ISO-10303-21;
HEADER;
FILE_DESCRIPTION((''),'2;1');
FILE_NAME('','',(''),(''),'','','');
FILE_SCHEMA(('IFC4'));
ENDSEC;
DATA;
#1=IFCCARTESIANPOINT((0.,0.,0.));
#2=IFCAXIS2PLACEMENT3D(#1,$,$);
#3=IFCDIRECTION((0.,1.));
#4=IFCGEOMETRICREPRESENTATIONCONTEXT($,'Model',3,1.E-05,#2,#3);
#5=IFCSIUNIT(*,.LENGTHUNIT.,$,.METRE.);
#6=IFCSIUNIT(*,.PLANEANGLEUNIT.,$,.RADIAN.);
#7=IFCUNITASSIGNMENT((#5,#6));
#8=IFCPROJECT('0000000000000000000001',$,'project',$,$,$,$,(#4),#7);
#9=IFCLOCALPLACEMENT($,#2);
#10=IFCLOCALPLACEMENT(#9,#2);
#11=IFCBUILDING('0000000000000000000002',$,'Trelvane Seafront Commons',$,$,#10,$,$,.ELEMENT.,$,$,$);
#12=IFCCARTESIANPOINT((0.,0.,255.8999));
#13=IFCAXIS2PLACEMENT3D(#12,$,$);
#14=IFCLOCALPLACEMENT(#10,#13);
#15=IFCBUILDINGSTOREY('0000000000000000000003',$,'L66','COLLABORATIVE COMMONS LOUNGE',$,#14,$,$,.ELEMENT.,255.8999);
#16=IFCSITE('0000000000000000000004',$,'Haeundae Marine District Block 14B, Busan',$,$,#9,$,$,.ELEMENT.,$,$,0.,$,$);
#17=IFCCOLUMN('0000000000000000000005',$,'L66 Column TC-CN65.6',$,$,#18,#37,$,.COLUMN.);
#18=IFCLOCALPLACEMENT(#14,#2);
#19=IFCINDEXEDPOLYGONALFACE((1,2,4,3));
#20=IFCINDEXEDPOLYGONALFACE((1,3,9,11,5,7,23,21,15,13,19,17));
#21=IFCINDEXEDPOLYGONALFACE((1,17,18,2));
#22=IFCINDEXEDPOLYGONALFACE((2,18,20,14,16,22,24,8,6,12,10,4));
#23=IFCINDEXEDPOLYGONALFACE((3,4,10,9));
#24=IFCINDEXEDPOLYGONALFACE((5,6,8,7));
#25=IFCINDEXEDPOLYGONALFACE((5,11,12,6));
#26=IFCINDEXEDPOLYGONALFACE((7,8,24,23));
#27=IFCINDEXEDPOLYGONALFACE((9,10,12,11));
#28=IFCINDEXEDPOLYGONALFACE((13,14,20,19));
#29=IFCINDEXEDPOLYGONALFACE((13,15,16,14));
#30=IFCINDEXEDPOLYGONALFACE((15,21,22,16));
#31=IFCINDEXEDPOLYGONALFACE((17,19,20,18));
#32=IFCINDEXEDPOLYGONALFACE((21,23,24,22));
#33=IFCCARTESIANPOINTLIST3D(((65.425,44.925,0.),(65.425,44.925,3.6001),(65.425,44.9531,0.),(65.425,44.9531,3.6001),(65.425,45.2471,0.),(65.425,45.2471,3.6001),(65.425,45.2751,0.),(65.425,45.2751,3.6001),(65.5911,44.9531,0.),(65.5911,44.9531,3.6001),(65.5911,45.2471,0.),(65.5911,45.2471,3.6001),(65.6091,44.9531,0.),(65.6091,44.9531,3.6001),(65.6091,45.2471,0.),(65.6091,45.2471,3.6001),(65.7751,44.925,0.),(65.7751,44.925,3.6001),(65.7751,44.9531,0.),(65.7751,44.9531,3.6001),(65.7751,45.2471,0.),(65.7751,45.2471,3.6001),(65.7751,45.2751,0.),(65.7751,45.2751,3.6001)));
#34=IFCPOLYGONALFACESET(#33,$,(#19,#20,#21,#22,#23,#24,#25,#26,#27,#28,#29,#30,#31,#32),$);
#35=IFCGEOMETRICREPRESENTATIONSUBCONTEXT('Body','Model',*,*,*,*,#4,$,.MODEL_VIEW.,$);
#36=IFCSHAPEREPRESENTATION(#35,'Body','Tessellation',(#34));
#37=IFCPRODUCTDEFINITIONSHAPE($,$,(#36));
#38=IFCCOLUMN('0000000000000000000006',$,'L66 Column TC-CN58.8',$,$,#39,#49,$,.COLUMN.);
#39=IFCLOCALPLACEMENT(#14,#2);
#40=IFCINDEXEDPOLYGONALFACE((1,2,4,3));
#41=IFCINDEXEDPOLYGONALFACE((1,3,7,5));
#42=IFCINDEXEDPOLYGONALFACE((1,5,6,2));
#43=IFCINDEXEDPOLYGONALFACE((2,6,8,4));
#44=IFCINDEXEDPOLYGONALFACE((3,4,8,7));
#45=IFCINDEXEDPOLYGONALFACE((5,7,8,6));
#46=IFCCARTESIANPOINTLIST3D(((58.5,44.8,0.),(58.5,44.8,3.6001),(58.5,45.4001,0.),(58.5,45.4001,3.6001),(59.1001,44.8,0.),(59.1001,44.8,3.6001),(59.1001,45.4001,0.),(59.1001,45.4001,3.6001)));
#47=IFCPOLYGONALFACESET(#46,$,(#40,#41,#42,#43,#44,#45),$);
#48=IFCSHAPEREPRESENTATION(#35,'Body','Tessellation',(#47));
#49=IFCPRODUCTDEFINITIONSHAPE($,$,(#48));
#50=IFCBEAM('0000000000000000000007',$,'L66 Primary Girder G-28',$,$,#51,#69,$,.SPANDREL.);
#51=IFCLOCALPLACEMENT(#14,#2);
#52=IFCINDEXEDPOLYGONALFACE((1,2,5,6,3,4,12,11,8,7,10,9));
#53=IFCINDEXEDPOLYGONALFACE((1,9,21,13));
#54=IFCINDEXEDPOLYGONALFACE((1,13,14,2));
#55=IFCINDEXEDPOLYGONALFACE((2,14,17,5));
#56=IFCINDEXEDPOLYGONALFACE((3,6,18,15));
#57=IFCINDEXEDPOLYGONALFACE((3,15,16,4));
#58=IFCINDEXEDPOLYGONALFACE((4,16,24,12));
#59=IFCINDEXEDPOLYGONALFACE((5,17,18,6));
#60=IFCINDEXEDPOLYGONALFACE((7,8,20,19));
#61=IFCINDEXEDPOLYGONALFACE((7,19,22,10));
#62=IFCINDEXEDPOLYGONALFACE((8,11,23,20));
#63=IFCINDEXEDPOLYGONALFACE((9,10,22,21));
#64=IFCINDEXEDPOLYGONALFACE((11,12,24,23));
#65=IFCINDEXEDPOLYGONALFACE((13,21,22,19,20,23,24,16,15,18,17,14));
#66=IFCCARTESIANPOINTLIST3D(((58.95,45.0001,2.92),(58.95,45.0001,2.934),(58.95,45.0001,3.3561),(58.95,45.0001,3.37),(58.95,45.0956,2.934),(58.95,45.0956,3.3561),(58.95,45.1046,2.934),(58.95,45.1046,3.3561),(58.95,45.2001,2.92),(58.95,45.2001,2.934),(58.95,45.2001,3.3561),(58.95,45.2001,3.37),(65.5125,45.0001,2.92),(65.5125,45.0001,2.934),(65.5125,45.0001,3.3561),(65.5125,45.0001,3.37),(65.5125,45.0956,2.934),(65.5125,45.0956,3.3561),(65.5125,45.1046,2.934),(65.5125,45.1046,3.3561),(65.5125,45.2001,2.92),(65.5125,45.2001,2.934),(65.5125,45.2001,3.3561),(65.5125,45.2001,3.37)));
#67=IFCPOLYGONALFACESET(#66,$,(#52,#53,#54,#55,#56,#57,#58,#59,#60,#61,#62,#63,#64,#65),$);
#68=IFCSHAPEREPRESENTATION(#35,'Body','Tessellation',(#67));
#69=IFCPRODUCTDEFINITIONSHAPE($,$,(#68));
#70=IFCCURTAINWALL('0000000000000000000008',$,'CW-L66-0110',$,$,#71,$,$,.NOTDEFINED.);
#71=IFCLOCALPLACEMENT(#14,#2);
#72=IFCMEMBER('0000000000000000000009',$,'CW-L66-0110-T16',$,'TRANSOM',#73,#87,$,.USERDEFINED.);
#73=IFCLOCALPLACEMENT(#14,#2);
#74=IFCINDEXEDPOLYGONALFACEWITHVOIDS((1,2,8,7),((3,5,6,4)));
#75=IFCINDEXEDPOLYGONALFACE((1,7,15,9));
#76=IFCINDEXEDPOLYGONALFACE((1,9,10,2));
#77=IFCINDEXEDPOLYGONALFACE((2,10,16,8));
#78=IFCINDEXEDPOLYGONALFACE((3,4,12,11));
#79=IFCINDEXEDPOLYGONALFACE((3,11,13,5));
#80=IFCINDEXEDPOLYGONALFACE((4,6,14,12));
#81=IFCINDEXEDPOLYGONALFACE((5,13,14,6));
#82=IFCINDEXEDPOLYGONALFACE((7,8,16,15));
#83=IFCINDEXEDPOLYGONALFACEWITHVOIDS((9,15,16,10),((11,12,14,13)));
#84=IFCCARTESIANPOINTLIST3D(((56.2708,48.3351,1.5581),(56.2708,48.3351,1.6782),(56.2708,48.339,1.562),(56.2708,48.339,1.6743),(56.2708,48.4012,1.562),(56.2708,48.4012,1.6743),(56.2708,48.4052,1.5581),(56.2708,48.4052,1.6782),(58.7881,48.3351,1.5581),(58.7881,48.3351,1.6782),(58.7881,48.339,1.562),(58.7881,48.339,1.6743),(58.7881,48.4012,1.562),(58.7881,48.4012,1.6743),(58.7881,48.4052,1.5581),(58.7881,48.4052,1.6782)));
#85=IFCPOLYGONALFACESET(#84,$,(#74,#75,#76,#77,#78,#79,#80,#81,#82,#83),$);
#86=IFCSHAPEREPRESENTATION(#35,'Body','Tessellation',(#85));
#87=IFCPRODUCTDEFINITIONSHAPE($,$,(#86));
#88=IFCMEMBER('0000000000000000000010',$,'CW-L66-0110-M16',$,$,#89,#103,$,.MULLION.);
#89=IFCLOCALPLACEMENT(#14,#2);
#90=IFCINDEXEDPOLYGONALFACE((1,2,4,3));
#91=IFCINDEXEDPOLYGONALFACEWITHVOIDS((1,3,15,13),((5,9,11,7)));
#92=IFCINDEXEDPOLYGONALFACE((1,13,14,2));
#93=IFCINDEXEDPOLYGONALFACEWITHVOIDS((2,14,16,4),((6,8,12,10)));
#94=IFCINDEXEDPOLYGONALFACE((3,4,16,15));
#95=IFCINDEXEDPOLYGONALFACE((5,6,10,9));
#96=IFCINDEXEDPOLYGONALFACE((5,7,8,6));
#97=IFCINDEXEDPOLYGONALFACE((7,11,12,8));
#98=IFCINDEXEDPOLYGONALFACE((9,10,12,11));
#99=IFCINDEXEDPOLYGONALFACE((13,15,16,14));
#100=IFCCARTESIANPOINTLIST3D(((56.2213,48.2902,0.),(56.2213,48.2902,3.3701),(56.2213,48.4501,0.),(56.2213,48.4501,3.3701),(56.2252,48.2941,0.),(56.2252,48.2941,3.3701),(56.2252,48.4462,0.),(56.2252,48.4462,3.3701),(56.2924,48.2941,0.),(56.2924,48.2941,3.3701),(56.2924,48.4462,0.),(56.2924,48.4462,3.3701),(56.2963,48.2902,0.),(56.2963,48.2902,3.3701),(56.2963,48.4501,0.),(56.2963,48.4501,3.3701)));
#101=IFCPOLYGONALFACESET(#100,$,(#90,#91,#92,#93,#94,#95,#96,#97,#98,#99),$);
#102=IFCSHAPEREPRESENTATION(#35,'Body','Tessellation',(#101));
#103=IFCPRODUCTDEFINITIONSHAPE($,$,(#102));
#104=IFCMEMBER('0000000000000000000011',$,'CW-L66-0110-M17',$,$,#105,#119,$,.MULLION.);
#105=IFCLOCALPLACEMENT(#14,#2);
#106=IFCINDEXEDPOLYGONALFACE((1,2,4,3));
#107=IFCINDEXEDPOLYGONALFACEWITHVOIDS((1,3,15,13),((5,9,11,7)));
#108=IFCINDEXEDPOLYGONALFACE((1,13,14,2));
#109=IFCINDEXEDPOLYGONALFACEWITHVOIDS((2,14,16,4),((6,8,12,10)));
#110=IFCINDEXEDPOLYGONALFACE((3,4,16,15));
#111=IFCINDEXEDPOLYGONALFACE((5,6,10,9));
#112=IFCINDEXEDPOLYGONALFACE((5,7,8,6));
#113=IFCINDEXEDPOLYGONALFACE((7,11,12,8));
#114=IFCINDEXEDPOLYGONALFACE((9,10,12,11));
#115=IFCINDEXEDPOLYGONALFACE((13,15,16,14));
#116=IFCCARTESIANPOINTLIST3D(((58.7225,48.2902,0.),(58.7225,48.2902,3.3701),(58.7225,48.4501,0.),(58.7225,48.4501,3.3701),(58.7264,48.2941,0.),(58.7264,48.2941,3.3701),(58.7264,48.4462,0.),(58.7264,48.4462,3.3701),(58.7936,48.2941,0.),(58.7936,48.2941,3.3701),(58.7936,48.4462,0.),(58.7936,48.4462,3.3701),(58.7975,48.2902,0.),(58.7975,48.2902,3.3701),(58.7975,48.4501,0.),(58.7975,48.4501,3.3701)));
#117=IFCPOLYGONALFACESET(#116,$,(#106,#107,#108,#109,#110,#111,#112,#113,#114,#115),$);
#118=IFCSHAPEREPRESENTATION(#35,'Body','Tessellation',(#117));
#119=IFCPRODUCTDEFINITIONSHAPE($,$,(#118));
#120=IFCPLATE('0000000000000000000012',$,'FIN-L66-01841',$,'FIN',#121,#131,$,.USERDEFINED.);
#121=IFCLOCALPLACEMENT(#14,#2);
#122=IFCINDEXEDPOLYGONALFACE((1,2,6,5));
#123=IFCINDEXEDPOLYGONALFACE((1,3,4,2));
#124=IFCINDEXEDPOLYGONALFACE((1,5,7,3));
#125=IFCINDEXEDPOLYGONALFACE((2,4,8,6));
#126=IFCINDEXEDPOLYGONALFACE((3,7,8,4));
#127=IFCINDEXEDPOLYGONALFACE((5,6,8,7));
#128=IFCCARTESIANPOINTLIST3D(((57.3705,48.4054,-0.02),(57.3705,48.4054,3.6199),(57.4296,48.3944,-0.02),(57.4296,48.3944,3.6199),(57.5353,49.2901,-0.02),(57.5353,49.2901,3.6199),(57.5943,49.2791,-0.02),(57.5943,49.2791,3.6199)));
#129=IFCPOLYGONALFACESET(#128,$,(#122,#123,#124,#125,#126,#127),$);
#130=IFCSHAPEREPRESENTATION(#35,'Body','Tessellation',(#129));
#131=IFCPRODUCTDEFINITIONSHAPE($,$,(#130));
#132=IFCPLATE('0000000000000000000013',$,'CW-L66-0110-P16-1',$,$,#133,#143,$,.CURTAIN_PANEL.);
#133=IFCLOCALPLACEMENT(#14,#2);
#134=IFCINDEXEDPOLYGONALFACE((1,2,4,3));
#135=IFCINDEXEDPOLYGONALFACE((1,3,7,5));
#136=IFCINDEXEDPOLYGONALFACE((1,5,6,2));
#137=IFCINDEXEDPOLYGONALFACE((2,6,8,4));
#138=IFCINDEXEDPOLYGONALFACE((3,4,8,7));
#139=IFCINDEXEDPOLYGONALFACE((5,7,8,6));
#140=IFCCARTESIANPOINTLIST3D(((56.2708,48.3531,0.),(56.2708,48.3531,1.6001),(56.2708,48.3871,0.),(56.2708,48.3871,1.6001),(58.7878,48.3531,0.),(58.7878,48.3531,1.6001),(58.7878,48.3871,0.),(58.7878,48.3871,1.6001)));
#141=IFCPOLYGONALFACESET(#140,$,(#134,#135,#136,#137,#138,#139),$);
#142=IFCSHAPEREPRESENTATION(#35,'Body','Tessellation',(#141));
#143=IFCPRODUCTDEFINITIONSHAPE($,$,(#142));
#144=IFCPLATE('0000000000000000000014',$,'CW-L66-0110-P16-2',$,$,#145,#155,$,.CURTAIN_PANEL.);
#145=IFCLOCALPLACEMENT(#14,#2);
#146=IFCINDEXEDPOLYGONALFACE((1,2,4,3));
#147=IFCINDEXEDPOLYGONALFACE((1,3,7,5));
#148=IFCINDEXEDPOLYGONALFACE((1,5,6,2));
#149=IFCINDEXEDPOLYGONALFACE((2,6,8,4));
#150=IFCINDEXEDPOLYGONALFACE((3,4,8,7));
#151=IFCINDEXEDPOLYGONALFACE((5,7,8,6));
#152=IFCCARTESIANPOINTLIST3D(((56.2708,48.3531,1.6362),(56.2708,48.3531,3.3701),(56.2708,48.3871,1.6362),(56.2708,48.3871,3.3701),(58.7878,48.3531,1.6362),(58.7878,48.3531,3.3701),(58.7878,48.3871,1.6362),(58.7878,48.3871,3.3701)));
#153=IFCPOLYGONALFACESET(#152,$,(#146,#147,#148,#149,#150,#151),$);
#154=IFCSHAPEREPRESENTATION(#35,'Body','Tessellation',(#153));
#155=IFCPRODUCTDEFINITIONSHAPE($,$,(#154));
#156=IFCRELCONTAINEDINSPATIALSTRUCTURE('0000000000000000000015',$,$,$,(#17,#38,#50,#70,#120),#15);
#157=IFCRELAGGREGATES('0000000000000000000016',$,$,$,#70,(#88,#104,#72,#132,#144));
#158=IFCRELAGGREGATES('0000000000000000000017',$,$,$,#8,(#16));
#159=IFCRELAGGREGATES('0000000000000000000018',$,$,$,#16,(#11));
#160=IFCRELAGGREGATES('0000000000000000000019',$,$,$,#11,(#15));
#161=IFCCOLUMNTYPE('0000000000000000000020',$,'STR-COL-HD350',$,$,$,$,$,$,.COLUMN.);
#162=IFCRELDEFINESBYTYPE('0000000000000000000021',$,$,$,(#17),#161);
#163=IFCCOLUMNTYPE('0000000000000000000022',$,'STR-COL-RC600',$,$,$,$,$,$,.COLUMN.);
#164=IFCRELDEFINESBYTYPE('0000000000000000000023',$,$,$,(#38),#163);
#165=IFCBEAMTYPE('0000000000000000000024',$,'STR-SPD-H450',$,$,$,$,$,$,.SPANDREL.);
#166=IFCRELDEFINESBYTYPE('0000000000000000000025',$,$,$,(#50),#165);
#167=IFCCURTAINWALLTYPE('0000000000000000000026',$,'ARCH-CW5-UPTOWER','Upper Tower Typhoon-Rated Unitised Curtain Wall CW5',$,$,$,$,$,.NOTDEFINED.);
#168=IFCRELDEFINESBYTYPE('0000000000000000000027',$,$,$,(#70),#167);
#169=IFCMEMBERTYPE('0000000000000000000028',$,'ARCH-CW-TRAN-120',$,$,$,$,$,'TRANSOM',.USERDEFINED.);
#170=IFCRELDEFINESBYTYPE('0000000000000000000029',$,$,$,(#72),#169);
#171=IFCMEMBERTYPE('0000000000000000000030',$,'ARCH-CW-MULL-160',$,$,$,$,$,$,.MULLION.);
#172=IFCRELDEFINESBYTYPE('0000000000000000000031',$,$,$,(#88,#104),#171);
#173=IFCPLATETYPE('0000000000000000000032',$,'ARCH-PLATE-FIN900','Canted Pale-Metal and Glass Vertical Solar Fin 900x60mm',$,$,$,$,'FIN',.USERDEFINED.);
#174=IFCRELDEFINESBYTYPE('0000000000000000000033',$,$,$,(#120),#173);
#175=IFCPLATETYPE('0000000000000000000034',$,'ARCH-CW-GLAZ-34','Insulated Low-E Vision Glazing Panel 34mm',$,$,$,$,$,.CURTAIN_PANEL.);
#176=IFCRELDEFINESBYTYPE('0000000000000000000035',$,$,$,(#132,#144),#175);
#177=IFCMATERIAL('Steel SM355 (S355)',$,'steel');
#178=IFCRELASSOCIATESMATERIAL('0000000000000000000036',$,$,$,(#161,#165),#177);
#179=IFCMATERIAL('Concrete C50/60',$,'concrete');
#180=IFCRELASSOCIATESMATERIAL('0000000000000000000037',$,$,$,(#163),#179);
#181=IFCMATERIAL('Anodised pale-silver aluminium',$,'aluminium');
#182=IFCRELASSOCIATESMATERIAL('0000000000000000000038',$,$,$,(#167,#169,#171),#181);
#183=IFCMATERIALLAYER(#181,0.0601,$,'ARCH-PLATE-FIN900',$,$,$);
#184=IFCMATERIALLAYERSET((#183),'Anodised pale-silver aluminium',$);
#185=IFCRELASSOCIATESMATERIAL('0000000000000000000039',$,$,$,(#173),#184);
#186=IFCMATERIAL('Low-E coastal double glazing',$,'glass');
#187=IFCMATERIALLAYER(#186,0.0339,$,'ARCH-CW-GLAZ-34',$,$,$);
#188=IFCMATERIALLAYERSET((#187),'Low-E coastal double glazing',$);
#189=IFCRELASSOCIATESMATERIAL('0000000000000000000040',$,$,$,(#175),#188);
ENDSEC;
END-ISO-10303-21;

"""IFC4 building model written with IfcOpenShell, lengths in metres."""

from ifc_helpers import new_model, si_unit, direction, frame, origin, origin_2d, place, context, subcontext, project, spatial, rectangle, hollow_rectangle, i_section, extrude, source, transform, mapped, material, layer, layer_set, material_profile, profile_set, type_object, element, aggregate, save


model = new_model("IFC4")

# Units and contexts
model_context = context("Model", 3, precision=1e-05, world=origin(), true_north=direction((0.0, 1.0)))
body_context = subcontext(model_context, "Body", "Model", "MODEL_VIEW")
ifc_project = project(units=[si_unit("LENGTHUNIT", "METRE"), si_unit("PLANEANGLEUNIT", "RADIAN")], contexts=[model_context])

# Site, building, storey
site_placement = place(None, origin())
site = spatial("IfcSite", under=ifc_project, at=site_placement, Name="Haeundae Marine District Block 14B, Busan", CompositionType="ELEMENT", RefElevation=0.0)
building_placement = place(site_placement, origin())
building = spatial("IfcBuilding", under=site, at=building_placement, Name="Trelvane Seafront Commons", CompositionType="ELEMENT")
storey_placement = place(building_placement, frame((0.0, 0.0, 255.8999)))
storey = spatial("IfcBuildingStorey", under=building, at=storey_placement, Name="L66", Description="COLLABORATIVE COMMONS LOUNGE", CompositionType="ELEMENT", Elevation=255.8999)

# Columns
ifc_material_1 = material(Name="Steel SM355 (S355)", Category="steel")
ifc_material_profile_1 = material_profile(ifc_material_1, i_section(OverallWidth=0.3501, OverallDepth=0.3501, WebThickness=0.0181, FlangeThickness=0.0281, at=origin_2d()), Name="HD-350x350x18x28")
ifc_profile_set_1 = profile_set([ifc_material_profile_1], Name="Steel SM355 (S355)")
column_type_1 = type_object("IfcColumnType", Name="STR-COL-HD350", PredefinedType="COLUMN", material=ifc_profile_set_1)
shared_shape_1 = source(origin(), body_context, "Body", "SweptSolid", [
    extrude(i_section(OverallWidth=0.3501, OverallDepth=0.3501, WebThickness=0.0181, FlangeThickness=0.0281, at=origin_2d()), origin(), (0.0, 0.0, 1.0), 3.6001),
])
column_1_placement = place(storey_placement, frame((65.6001, 45.1001, 0.0), z_axis=(0.0, 0.0, 1.0), x_axis=(1.0, 0.0, 0.0)))
element("IfcColumn", 1, at=column_1_placement, inside=storey, type_object=column_type_1, Name="L66 Column TC-CN65.6", PredefinedType="COLUMN", context=body_context, shape_type="MappedRepresentation", body=[
    mapped(shared_shape_1, transform((0.0, 0.0, 0.0), x_axis=(1.0, 0.0, 0.0), y_axis=(0.0, 1.0, 0.0), z_axis=(0.0, 0.0, 1.0), scale=1.0)),
])
ifc_material_2 = material(Name="Concrete C50/60", Category="concrete")
ifc_material_profile_2 = material_profile(ifc_material_2, rectangle(XDim=0.6001, YDim=0.6001, at=origin_2d()), Name="RC-600x600")
ifc_profile_set_2 = profile_set([ifc_material_profile_2], Name="Concrete C50/60")
column_type_2 = type_object("IfcColumnType", Name="STR-COL-RC600", PredefinedType="COLUMN", material=ifc_profile_set_2)
shared_shape_2 = source(origin(), body_context, "Body", "SweptSolid", [
    extrude(rectangle(XDim=0.6001, YDim=0.6001, at=origin_2d()), origin(), (0.0, 0.0, 1.0), 3.6001),
])
column_2_placement = place(storey_placement, frame((58.8, 45.1001, 0.0), z_axis=(0.0, 0.0, 1.0), x_axis=(1.0, 0.0, 0.0)))
element("IfcColumn", 2, at=column_2_placement, inside=storey, type_object=column_type_2, Name="L66 Column TC-CN58.8", PredefinedType="COLUMN", context=body_context, shape_type="MappedRepresentation", body=[
    mapped(shared_shape_2, transform((0.0, 0.0, 0.0), x_axis=(1.0, 0.0, 0.0), y_axis=(0.0, 1.0, 0.0), z_axis=(0.0, 0.0, 1.0), scale=1.0)),
])

# Beam
ifc_material_profile_3 = material_profile(ifc_material_1, i_section(OverallWidth=0.2, OverallDepth=0.45, WebThickness=0.009, FlangeThickness=0.0139, at=origin_2d()), Name="H-450x200x9x14")
ifc_profile_set_3 = profile_set([ifc_material_profile_3], Name="Steel SM355 (S355)")
beam_type = type_object("IfcBeamType", Name="STR-SPD-H450", PredefinedType="SPANDREL", material=ifc_profile_set_3)
shared_shape_3 = source(origin(), body_context, "Body", "SweptSolid", [
    extrude(i_section(OverallWidth=0.2, OverallDepth=0.45, WebThickness=0.009, FlangeThickness=0.0139, at=origin_2d()), origin(), (0.0, 0.0, 1.0), 6.5625),
])
beam_placement = place(storey_placement, frame((58.95, 45.1001, 3.145), z_axis=(1.0, 0.0, 0.0), x_axis=(0.0, 1.0, 0.0)))
element("IfcBeam", 3, at=beam_placement, inside=storey, type_object=beam_type, Name="L66 Primary Girder G-28", PredefinedType="SPANDREL", context=body_context, shape_type="MappedRepresentation", body=[
    mapped(shared_shape_3, transform((0.0, 0.0, 0.0), x_axis=(1.0, 0.0, 0.0), y_axis=(0.0, 1.0, 0.0), z_axis=(0.0, 0.0, 1.0), scale=1.0)),
])

# Curtain wall, members
ifc_material_3 = material(Name="Anodised pale-silver aluminium", Category="aluminium")
curtain_wall_type = type_object("IfcCurtainWallType", Name="ARCH-CW5-UPTOWER", Description="Upper Tower Typhoon-Rated Unitised Curtain Wall CW5", PredefinedType="NOTDEFINED", material=ifc_material_3)
curtain_wall_placement = place(storey_placement, origin())
curtain_wall = element("IfcCurtainWall", 4, at=curtain_wall_placement, inside=storey, type_object=curtain_wall_type, Name="CW-L66-0110", PredefinedType="NOTDEFINED")
ifc_material_profile_4 = material_profile(ifc_material_3, hollow_rectangle(XDim=0.0701, YDim=0.1201, WallThickness=0.0039, at=origin_2d()), Name="TRAN-70x120x4")
ifc_profile_set_4 = profile_set([ifc_material_profile_4], Name="Anodised pale-silver aluminium")
member_type_1 = type_object("IfcMemberType", Name="ARCH-CW-TRAN-120", ElementType="TRANSOM", PredefinedType="USERDEFINED", material=ifc_profile_set_4)
shared_shape_4 = source(origin(), body_context, "Body", "SweptSolid", [
    extrude(hollow_rectangle(XDim=0.0701, YDim=0.1201, WallThickness=0.0039, at=origin_2d()), origin(), (0.0, 0.0, 1.0), 2.5173),
])
member_1_placement = place(storey_placement, frame((56.2708, 48.3701, 1.6182), z_axis=(1.0, 0.0, 0.0), x_axis=(0.0, 1.0, 0.0)))
member_1 = element("IfcMember", 5, at=member_1_placement, type_object=member_type_1, Name="CW-L66-0110-T16", ObjectType="TRANSOM", PredefinedType="USERDEFINED", context=body_context, shape_type="MappedRepresentation", body=[
    mapped(shared_shape_4, transform((0.0, 0.0, 0.0), x_axis=(1.0, 0.0, 0.0), y_axis=(0.0, 1.0, 0.0), z_axis=(0.0, 0.0, 1.0), scale=1.0)),
])
ifc_material_profile_5 = material_profile(ifc_material_3, hollow_rectangle(XDim=0.075, YDim=0.1599, WallThickness=0.0039, at=origin_2d()), Name="MULL-75x160x4")
ifc_profile_set_5 = profile_set([ifc_material_profile_5], Name="Anodised pale-silver aluminium")
member_type_2 = type_object("IfcMemberType", Name="ARCH-CW-MULL-160", PredefinedType="MULLION", material=ifc_profile_set_5)
shared_shape_5 = source(origin(), body_context, "Body", "SweptSolid", [
    extrude(hollow_rectangle(XDim=0.075, YDim=0.1599, WallThickness=0.0039, at=origin_2d()), origin(), (0.0, 0.0, 1.0), 3.3701),
])
member_2_placement = place(storey_placement, frame((56.2588, 48.3701, 0.0), z_axis=(0.0, 0.0, 1.0), x_axis=(1.0, 0.0, 0.0)))
member_2 = element("IfcMember", 6, at=member_2_placement, type_object=member_type_2, Name="CW-L66-0110-M16", PredefinedType="MULLION", context=body_context, shape_type="MappedRepresentation", body=[
    mapped(shared_shape_5, transform((0.0, 0.0, 0.0), x_axis=(1.0, 0.0, 0.0), y_axis=(0.0, 1.0, 0.0), z_axis=(0.0, 0.0, 1.0), scale=1.0)),
])
member_3_placement = place(storey_placement, frame((58.76, 48.3701, 0.0), z_axis=(0.0, 0.0, 1.0), x_axis=(1.0, 0.0, 0.0)))
member_3 = element("IfcMember", 7, at=member_3_placement, type_object=member_type_2, Name="CW-L66-0110-M17", PredefinedType="MULLION", context=body_context, shape_type="MappedRepresentation", body=[
    mapped(shared_shape_5, transform((0.0, 0.0, 0.0), x_axis=(1.0, 0.0, 0.0), y_axis=(0.0, 1.0, 0.0), z_axis=(0.0, 0.0, 1.0), scale=1.0)),
])

# Plates
ifc_layer_1 = layer(ifc_material_3, 0.0601, Name="ARCH-PLATE-FIN900")
ifc_layer_set_1 = layer_set([ifc_layer_1], Name="Anodised pale-silver aluminium")
plate_type_1 = type_object("IfcPlateType", Name="ARCH-PLATE-FIN900", Description="Canted Pale-Metal and Glass Vertical Solar Fin 900x60mm", ElementType="FIN", PredefinedType="USERDEFINED", material=ifc_layer_set_1)
shared_shape_6 = source(origin(), body_context, "Body", "SweptSolid", [
    extrude(rectangle(XDim=0.8999, YDim=0.0601, at=origin_2d()), origin(), (0.0, 0.0, 1.0), 3.6399),
])
plate_1_placement = place(storey_placement, frame((57.4824, 48.8423, -0.02), z_axis=(0.0, 0.0, 1.0), x_axis=(0.183107, 0.983093, 0.0)))
element("IfcPlate", 8, at=plate_1_placement, inside=storey, type_object=plate_type_1, Name="FIN-L66-01841", ObjectType="FIN", PredefinedType="USERDEFINED", context=body_context, shape_type="MappedRepresentation", body=[
    mapped(shared_shape_6, transform((0.0, 0.0, 0.0), x_axis=(1.0, 0.0, 0.0), y_axis=(0.0, 1.0, 0.0), z_axis=(0.0, 0.0, 1.0), scale=1.0)),
])
ifc_material_4 = material(Name="Low-E coastal double glazing", Category="glass")
ifc_layer_2 = layer(ifc_material_4, 0.0339, Name="ARCH-CW-GLAZ-34")
ifc_layer_set_2 = layer_set([ifc_layer_2], Name="Low-E coastal double glazing")
plate_type_2 = type_object("IfcPlateType", Name="ARCH-CW-GLAZ-34", Description="Insulated Low-E Vision Glazing Panel 34mm", PredefinedType="CURTAIN_PANEL", material=ifc_layer_set_2)
shared_shape_7 = source(origin(), body_context, "Body", "SweptSolid", [
    extrude(rectangle(XDim=2.5171, YDim=0.0339, at=origin_2d()), origin(), (0.0, 0.0, 1.0), 1.6001),
])
plate_2_placement = place(storey_placement, frame((57.5293, 48.3701, 0.0), z_axis=(0.0, 0.0, 1.0), x_axis=(1.0, 0.0, 0.0)))
plate_2 = element("IfcPlate", 9, at=plate_2_placement, type_object=plate_type_2, Name="CW-L66-0110-P16-1", PredefinedType="CURTAIN_PANEL", context=body_context, shape_type="MappedRepresentation", body=[
    mapped(shared_shape_7, transform((0.0, 0.0, 0.0), x_axis=(1.0, 0.0, 0.0), y_axis=(0.0, 1.0, 0.0), z_axis=(0.0, 0.0, 1.0), scale=1.0)),
])
shared_shape_8 = source(origin(), body_context, "Body", "SweptSolid", [
    extrude(rectangle(XDim=2.5171, YDim=0.0339, at=origin_2d()), origin(), (0.0, 0.0, 1.0), 1.7339),
])
plate_3_placement = place(storey_placement, frame((57.5293, 48.3701, 1.6362), z_axis=(0.0, 0.0, 1.0), x_axis=(1.0, 0.0, 0.0)))
plate_3 = element("IfcPlate", 10, at=plate_3_placement, type_object=plate_type_2, Name="CW-L66-0110-P16-2", PredefinedType="CURTAIN_PANEL", context=body_context, shape_type="MappedRepresentation", body=[
    mapped(shared_shape_8, transform((0.0, 0.0, 0.0), x_axis=(1.0, 0.0, 0.0), y_axis=(0.0, 1.0, 0.0), z_axis=(0.0, 0.0, 1.0), scale=1.0)),
])
aggregate(curtain_wall, [member_2, member_3, member_1, plate_2, plate_3])

save(model, "model.ifc")
